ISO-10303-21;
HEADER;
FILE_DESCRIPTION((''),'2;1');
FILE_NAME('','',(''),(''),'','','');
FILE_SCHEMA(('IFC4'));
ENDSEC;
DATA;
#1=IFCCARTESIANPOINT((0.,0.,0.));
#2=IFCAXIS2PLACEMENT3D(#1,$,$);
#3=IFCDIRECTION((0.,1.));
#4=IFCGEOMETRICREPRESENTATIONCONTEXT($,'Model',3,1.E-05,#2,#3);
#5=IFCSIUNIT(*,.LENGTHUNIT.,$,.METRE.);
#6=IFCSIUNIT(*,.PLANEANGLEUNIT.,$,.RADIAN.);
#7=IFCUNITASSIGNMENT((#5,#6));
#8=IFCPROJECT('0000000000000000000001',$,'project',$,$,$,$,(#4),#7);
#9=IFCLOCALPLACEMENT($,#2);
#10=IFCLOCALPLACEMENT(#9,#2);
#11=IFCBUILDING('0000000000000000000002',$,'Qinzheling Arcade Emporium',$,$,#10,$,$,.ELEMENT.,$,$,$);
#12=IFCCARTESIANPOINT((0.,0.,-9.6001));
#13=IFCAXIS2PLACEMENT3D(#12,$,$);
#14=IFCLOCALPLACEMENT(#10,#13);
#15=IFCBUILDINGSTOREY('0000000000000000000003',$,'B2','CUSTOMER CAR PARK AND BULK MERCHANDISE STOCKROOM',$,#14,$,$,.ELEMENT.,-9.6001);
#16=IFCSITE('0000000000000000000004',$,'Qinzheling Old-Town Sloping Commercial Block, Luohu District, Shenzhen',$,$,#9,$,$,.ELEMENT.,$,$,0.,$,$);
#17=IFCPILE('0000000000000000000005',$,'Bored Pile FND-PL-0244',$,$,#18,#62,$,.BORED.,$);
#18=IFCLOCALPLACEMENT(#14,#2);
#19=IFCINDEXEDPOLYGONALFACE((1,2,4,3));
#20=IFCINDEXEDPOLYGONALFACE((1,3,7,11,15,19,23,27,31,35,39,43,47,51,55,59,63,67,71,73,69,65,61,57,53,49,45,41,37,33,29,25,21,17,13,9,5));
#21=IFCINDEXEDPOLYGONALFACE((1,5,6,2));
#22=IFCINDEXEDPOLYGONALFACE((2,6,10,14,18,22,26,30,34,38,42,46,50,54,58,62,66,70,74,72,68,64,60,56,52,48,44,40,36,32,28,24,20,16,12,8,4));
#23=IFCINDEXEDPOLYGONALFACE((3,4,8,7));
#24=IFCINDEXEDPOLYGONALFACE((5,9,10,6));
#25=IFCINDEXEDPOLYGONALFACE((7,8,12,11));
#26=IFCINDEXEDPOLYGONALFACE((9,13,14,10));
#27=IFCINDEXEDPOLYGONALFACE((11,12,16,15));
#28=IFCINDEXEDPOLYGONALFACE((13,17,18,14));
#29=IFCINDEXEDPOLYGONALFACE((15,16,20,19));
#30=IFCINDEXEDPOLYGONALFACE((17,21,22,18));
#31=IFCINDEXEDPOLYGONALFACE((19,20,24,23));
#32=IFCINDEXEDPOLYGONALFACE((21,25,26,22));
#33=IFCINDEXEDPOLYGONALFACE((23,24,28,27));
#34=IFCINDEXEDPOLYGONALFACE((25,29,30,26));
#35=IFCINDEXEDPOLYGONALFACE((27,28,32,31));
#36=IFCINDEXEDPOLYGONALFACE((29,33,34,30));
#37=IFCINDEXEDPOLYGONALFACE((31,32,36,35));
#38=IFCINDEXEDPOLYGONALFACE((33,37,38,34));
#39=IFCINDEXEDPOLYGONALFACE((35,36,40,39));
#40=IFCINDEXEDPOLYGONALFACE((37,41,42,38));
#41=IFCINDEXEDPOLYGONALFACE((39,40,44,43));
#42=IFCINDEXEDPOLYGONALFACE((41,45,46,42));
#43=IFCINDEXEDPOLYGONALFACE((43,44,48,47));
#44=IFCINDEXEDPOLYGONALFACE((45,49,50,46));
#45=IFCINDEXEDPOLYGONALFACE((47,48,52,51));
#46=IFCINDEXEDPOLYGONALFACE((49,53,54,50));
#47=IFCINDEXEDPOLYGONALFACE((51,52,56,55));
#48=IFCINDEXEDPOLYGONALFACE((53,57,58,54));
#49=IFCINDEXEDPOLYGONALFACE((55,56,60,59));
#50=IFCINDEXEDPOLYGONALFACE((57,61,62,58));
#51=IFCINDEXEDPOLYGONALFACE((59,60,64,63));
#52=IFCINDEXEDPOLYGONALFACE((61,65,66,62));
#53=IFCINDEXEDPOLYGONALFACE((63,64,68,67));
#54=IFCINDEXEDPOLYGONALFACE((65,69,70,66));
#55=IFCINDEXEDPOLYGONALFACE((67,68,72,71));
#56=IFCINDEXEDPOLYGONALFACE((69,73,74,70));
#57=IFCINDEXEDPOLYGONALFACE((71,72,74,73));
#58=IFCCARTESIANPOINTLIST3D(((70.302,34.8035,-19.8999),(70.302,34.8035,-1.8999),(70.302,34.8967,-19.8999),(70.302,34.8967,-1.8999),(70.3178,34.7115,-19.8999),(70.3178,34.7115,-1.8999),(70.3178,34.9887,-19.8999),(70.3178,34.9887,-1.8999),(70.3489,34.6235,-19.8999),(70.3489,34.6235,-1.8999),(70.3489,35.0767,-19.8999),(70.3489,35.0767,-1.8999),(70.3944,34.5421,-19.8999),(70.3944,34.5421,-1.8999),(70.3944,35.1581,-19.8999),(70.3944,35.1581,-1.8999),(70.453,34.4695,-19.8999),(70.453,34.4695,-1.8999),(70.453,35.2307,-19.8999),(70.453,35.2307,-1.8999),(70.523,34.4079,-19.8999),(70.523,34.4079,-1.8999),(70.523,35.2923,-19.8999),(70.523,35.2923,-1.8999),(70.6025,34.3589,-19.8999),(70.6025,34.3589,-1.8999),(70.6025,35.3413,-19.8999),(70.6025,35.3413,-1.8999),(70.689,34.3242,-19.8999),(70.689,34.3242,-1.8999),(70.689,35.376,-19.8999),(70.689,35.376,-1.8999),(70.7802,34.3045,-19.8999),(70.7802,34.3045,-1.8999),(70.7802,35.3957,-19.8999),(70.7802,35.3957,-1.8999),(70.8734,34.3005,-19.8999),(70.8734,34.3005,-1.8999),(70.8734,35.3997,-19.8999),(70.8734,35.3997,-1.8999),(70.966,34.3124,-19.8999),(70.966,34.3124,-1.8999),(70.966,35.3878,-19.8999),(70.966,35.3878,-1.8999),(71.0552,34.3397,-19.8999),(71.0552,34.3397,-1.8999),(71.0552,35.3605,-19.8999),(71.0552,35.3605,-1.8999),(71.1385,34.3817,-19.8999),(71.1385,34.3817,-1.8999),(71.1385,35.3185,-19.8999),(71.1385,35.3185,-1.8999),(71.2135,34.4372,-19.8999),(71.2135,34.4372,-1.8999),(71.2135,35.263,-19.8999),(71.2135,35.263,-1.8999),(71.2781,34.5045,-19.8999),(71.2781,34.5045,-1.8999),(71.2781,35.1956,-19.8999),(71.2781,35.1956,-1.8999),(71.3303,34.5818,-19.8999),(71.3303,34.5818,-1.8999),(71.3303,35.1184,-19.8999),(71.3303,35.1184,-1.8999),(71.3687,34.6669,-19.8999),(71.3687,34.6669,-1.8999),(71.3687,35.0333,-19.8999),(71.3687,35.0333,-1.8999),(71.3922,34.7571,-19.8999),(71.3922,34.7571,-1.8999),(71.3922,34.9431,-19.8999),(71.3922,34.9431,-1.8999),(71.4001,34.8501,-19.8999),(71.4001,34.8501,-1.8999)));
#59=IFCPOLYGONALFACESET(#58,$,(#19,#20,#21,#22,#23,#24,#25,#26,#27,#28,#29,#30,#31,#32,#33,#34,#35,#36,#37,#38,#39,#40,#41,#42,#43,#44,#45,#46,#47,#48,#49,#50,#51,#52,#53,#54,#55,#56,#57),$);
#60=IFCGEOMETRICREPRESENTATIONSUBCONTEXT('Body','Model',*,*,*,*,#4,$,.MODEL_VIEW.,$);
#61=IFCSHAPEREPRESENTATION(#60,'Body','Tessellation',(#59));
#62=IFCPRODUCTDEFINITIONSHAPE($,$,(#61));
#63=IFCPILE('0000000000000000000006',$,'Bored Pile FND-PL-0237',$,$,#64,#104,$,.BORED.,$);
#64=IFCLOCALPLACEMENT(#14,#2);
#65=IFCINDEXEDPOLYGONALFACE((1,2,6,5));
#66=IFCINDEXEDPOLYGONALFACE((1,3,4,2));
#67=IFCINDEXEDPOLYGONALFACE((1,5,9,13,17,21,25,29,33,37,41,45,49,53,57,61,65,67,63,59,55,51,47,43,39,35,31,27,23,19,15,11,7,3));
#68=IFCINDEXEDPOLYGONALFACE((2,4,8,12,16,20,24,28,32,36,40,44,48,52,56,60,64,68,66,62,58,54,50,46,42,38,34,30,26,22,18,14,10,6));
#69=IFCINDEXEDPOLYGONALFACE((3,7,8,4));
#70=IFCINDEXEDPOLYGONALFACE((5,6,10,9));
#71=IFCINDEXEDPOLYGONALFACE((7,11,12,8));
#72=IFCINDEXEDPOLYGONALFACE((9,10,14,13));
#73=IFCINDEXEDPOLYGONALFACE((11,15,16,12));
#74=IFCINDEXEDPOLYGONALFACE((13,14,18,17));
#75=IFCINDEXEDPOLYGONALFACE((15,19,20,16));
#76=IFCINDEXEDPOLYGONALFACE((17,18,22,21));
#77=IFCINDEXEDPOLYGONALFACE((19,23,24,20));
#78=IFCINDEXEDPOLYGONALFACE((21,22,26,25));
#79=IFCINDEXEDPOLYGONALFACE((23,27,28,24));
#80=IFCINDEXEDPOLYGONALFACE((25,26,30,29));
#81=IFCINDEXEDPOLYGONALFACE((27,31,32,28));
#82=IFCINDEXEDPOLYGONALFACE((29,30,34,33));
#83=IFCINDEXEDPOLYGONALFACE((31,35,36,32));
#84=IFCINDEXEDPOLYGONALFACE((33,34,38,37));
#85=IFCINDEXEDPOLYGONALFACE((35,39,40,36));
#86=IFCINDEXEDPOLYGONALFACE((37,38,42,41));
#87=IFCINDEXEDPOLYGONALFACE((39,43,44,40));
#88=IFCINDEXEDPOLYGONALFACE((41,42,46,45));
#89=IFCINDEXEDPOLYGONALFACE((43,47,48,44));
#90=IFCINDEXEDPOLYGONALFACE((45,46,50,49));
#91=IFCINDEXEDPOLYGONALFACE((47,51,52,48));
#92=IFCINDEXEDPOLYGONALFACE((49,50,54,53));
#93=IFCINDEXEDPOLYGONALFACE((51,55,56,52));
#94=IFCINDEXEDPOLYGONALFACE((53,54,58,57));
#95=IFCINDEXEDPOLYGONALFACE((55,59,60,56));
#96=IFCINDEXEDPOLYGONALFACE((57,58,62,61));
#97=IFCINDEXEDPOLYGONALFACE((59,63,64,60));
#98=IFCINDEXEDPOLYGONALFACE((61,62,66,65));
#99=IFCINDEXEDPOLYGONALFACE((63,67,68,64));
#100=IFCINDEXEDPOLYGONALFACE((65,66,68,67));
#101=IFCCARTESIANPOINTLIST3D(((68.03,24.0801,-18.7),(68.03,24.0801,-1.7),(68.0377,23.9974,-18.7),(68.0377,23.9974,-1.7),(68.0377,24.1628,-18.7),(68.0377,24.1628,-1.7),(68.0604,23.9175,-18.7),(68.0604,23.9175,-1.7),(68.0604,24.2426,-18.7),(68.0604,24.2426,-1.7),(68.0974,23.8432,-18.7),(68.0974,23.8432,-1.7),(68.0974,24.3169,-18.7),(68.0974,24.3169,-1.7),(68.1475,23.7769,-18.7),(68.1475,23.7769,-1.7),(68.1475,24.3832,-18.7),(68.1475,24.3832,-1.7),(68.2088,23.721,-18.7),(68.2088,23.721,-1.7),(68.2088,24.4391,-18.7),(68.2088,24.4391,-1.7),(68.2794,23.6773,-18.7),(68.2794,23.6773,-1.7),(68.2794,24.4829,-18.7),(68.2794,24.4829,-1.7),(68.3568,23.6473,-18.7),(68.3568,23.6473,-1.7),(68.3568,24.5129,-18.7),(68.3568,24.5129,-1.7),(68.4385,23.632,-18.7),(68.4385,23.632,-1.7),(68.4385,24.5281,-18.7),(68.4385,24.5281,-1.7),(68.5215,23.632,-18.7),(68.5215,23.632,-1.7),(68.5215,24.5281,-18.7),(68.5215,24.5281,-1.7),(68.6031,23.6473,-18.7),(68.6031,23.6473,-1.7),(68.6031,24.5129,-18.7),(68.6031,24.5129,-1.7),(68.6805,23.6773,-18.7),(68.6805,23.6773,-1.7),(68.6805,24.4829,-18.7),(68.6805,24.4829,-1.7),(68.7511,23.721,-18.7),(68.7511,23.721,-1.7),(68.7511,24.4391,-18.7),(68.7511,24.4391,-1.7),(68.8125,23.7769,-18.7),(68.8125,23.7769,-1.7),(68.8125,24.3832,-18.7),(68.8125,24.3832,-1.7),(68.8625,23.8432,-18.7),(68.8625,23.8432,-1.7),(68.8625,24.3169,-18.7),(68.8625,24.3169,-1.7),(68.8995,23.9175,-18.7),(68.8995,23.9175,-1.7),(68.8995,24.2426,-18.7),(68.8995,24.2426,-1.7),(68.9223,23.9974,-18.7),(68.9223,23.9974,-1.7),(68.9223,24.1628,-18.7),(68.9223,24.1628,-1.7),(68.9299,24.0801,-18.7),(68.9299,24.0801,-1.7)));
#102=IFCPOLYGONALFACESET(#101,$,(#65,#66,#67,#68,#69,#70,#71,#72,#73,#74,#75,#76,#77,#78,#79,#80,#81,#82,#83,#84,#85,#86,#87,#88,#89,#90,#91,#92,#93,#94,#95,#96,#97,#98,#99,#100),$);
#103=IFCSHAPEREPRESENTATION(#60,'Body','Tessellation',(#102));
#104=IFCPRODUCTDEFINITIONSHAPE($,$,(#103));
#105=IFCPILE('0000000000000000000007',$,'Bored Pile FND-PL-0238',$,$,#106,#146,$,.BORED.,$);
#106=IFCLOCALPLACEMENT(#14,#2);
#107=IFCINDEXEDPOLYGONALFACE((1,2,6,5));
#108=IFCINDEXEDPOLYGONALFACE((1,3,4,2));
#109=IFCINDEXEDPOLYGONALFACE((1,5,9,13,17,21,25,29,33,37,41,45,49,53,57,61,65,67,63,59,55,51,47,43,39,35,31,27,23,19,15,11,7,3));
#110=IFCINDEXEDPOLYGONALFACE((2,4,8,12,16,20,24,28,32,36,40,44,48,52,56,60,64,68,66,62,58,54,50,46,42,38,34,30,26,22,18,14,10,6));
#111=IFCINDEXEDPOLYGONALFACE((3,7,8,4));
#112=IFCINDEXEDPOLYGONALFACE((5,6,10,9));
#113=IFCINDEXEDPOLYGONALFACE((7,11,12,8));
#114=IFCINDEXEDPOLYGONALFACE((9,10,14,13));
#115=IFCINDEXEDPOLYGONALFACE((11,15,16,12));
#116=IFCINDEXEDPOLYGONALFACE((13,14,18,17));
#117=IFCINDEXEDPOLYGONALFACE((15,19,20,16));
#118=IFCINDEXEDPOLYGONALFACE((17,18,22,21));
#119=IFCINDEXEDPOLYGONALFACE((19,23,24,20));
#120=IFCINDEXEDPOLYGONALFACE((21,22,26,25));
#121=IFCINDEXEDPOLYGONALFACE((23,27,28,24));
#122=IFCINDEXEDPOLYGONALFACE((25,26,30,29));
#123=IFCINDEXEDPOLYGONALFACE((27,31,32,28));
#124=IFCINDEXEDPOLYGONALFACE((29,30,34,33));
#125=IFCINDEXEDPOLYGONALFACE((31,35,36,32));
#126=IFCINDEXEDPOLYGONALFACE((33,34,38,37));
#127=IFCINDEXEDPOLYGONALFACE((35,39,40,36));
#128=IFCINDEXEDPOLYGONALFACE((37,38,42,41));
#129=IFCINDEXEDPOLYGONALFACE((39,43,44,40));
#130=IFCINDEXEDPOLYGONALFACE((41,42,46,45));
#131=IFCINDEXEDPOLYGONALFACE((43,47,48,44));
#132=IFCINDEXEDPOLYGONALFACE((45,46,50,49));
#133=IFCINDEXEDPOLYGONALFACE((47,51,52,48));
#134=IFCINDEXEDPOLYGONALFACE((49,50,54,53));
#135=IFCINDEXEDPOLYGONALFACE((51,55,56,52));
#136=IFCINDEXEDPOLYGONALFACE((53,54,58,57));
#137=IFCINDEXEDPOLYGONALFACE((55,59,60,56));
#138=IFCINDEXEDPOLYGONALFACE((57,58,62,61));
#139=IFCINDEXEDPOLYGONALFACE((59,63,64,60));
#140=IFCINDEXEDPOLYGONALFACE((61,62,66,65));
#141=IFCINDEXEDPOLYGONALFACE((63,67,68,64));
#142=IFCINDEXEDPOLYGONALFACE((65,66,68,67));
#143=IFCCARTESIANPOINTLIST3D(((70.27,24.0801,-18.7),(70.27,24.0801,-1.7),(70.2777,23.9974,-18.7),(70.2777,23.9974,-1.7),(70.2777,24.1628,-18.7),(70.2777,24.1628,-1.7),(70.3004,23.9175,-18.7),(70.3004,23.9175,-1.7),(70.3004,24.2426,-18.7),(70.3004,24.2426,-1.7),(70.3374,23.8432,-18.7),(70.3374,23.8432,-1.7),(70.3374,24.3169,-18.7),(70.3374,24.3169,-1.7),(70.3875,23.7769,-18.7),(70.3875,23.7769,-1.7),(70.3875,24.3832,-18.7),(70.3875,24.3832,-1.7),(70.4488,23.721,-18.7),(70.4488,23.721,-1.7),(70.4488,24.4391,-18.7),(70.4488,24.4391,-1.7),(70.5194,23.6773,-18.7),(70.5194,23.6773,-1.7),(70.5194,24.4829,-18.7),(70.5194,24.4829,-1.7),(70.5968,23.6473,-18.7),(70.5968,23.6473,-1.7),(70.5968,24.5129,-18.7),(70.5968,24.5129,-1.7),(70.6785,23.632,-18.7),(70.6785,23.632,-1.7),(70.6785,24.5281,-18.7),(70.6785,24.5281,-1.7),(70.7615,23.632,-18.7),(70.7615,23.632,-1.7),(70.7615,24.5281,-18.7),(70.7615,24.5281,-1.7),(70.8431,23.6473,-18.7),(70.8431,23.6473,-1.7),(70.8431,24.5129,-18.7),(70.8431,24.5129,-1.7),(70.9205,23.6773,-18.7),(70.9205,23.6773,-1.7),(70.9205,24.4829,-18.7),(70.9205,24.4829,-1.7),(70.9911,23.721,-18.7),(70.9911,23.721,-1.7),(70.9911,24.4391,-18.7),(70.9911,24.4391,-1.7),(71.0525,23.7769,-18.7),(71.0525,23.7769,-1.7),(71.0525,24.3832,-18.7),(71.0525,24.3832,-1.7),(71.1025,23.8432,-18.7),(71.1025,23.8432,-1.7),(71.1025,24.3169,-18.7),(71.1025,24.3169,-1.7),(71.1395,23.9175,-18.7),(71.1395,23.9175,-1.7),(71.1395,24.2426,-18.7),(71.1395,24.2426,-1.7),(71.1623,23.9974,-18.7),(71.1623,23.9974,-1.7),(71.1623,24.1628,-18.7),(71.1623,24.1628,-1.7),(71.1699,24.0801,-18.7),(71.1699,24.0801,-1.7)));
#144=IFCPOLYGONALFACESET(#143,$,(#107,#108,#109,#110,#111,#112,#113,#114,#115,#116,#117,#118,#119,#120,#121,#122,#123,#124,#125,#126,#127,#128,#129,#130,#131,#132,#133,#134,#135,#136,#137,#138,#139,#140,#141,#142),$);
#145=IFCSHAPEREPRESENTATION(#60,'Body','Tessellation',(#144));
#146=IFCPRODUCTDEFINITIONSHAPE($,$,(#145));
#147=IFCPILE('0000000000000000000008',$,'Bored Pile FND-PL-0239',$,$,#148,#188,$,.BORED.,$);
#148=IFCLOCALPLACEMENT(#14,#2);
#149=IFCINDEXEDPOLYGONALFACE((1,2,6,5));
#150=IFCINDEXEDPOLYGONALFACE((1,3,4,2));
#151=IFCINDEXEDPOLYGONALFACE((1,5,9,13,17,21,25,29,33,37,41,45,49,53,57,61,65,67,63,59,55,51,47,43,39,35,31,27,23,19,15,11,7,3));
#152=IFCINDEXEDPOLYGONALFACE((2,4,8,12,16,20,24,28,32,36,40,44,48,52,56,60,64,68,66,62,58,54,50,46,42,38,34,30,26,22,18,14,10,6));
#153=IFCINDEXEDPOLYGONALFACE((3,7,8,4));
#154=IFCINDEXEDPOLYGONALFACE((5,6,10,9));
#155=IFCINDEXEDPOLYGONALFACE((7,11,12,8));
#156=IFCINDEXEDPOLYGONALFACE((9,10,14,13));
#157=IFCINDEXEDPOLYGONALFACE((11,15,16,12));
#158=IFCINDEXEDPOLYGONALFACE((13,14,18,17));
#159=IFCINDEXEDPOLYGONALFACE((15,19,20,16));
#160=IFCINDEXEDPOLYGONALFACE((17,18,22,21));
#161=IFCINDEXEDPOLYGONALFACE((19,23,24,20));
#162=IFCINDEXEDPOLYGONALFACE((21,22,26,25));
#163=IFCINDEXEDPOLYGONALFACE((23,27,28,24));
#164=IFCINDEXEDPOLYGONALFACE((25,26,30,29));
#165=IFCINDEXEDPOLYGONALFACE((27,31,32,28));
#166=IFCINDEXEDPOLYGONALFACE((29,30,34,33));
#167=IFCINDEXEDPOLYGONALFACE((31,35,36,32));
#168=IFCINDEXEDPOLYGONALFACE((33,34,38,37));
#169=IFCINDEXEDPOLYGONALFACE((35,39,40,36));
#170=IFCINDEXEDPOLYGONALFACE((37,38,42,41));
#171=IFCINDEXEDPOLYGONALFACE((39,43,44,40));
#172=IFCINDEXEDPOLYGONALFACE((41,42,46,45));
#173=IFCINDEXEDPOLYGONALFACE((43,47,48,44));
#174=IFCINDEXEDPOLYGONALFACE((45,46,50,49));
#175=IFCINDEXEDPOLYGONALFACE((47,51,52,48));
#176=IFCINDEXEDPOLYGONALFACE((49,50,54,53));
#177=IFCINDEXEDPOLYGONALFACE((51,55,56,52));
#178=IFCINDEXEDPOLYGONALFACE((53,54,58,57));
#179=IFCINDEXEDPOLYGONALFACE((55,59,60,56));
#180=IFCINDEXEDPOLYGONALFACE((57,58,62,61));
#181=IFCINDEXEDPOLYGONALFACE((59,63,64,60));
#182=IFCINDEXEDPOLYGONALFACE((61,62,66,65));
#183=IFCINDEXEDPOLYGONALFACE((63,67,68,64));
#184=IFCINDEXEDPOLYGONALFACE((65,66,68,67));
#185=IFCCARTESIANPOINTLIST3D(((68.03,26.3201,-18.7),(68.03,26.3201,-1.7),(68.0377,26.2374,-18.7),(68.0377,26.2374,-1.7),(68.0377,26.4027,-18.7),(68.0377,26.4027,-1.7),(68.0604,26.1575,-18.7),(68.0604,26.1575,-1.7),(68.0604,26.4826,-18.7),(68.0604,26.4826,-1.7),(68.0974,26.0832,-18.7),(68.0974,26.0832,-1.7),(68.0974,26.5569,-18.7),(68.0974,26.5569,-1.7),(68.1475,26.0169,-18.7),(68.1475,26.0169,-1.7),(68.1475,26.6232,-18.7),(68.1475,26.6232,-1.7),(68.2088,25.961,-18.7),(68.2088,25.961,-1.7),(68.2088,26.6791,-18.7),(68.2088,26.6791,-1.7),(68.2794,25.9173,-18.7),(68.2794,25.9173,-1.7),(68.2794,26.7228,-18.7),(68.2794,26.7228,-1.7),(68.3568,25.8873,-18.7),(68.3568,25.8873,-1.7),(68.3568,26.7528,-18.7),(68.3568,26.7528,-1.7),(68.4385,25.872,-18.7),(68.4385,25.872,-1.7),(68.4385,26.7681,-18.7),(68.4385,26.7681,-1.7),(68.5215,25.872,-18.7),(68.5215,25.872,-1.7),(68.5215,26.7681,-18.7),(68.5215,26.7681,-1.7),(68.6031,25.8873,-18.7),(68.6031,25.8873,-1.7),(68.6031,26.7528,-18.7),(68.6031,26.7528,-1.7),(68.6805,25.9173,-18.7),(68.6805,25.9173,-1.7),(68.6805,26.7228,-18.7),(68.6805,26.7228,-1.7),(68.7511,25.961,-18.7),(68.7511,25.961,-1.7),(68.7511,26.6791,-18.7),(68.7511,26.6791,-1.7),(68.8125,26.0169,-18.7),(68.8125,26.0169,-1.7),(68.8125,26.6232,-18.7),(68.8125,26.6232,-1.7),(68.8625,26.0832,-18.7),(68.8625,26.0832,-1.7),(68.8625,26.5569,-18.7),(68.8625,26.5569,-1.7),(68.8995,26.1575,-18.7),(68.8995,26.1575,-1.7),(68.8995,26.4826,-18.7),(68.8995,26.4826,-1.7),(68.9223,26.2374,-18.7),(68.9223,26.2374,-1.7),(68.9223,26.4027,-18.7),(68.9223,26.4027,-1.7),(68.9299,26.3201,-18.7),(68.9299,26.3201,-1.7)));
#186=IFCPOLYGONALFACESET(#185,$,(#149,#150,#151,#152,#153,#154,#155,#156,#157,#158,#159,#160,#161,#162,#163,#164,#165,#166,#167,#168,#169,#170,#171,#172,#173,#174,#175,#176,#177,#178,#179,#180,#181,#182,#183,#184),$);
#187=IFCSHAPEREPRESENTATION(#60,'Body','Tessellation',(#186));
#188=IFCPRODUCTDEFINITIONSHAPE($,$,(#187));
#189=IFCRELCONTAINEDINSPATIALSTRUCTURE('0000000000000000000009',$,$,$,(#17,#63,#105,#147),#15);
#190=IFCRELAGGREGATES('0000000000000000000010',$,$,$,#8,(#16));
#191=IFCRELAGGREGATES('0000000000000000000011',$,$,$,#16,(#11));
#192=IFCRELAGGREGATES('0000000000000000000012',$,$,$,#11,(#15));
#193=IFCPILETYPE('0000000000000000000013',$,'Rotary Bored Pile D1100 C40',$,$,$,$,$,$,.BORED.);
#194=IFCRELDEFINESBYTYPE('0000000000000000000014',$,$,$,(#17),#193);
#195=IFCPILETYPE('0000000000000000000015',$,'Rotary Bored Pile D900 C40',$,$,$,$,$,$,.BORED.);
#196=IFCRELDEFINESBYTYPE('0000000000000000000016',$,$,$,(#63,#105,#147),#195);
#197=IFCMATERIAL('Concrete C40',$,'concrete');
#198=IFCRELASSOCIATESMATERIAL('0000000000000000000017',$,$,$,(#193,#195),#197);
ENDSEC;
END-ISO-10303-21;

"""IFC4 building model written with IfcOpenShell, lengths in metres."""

from ifc_helpers import new_model, si_unit, direction, frame, origin, origin_2d, place, context, subcontext, project, spatial, circle, extrude, material, material_profile, profile_set, type_object, element, save


model = new_model("IFC4")

# Units and contexts
model_context = context("Model", 3, precision=1e-05, world=origin(), true_north=direction((0.0, 1.0)))
body_context = subcontext(model_context, "Body", "Model", "MODEL_VIEW")
ifc_project = project(units=[si_unit("LENGTHUNIT", "METRE"), si_unit("PLANEANGLEUNIT", "RADIAN")], contexts=[model_context])

# Site, building, storey
site_placement = place(None, origin())
site = spatial("IfcSite", under=ifc_project, at=site_placement, Name="Qinzheling Old-Town Sloping Commercial Block, Luohu District, Shenzhen", CompositionType="ELEMENT", RefElevation=0.0)
building_placement = place(site_placement, origin())
building = spatial("IfcBuilding", under=site, at=building_placement, Name="Qinzheling Arcade Emporium", CompositionType="ELEMENT")
storey_placement = place(building_placement, frame((0.0, 0.0, -9.6001)))
storey = spatial("IfcBuildingStorey", under=building, at=storey_placement, Name="B2", Description="CUSTOMER CAR PARK AND BULK MERCHANDISE STOCKROOM", CompositionType="ELEMENT", Elevation=-9.6001)

# Shared definitions
ifc_material_1 = material(Name="Concrete C40", Category="concrete")

# Piles
ifc_material_profile_1 = material_profile(ifc_material_1, circle(Radius=0.55, at=origin_2d()), Name="BORED D1100", Category="concrete")
ifc_profile_set_1 = profile_set([ifc_material_profile_1], Name="Concrete C40")
pile_type_1 = type_object("IfcPileType", Name="Rotary Bored Pile D1100 C40", PredefinedType="BORED", material=ifc_profile_set_1)
for number, where, z_axis, x_axis, name in (
    (1, (70.8501, 34.8501, -1.8999), (0.0, 0.0, -1.0), (1.0, 0.0, 0.0), "Bored Pile FND-PL-0244"),
):
    element("IfcPile", number, at=place(storey_placement, frame(where, z_axis=z_axis, x_axis=x_axis)), inside=storey, type_object=pile_type_1, Name=name, PredefinedType="BORED", context=body_context, shape_type="SweptSolid", body=[
        extrude(circle(Radius=0.55, at=origin_2d()), origin(), (0.0, 0.0, 1.0), 18.0),
    ])
ifc_material_profile_2 = material_profile(ifc_material_1, circle(Radius=0.45, at=origin_2d()), Name="BORED D900", Category="concrete")
ifc_profile_set_2 = profile_set([ifc_material_profile_2], Name="Concrete C40")
pile_type_2 = type_object("IfcPileType", Name="Rotary Bored Pile D900 C40", PredefinedType="BORED", material=ifc_profile_set_2)
for number, where, z_axis, x_axis, name in (
    (2, (68.48, 24.0801, -1.7), (0.0, 0.0, -1.0), (1.0, 0.0, 0.0), "Bored Pile FND-PL-0237"),
    (3, (70.72, 24.0801, -1.7), (0.0, 0.0, -1.0), (1.0, 0.0, 0.0), "Bored Pile FND-PL-0238"),
    (4, (68.48, 26.3201, -1.7), (0.0, 0.0, -1.0), (1.0, 0.0, 0.0), "Bored Pile FND-PL-0239"),
):
    element("IfcPile", number, at=place(storey_placement, frame(where, z_axis=z_axis, x_axis=x_axis)), inside=storey, type_object=pile_type_2, Name=name, PredefinedType="BORED", context=body_context, shape_type="SweptSolid", body=[
        extrude(circle(Radius=0.45, at=origin_2d()), origin(), (0.0, 0.0, 1.0), 17.0),
    ])

save(model, "model.ifc")
